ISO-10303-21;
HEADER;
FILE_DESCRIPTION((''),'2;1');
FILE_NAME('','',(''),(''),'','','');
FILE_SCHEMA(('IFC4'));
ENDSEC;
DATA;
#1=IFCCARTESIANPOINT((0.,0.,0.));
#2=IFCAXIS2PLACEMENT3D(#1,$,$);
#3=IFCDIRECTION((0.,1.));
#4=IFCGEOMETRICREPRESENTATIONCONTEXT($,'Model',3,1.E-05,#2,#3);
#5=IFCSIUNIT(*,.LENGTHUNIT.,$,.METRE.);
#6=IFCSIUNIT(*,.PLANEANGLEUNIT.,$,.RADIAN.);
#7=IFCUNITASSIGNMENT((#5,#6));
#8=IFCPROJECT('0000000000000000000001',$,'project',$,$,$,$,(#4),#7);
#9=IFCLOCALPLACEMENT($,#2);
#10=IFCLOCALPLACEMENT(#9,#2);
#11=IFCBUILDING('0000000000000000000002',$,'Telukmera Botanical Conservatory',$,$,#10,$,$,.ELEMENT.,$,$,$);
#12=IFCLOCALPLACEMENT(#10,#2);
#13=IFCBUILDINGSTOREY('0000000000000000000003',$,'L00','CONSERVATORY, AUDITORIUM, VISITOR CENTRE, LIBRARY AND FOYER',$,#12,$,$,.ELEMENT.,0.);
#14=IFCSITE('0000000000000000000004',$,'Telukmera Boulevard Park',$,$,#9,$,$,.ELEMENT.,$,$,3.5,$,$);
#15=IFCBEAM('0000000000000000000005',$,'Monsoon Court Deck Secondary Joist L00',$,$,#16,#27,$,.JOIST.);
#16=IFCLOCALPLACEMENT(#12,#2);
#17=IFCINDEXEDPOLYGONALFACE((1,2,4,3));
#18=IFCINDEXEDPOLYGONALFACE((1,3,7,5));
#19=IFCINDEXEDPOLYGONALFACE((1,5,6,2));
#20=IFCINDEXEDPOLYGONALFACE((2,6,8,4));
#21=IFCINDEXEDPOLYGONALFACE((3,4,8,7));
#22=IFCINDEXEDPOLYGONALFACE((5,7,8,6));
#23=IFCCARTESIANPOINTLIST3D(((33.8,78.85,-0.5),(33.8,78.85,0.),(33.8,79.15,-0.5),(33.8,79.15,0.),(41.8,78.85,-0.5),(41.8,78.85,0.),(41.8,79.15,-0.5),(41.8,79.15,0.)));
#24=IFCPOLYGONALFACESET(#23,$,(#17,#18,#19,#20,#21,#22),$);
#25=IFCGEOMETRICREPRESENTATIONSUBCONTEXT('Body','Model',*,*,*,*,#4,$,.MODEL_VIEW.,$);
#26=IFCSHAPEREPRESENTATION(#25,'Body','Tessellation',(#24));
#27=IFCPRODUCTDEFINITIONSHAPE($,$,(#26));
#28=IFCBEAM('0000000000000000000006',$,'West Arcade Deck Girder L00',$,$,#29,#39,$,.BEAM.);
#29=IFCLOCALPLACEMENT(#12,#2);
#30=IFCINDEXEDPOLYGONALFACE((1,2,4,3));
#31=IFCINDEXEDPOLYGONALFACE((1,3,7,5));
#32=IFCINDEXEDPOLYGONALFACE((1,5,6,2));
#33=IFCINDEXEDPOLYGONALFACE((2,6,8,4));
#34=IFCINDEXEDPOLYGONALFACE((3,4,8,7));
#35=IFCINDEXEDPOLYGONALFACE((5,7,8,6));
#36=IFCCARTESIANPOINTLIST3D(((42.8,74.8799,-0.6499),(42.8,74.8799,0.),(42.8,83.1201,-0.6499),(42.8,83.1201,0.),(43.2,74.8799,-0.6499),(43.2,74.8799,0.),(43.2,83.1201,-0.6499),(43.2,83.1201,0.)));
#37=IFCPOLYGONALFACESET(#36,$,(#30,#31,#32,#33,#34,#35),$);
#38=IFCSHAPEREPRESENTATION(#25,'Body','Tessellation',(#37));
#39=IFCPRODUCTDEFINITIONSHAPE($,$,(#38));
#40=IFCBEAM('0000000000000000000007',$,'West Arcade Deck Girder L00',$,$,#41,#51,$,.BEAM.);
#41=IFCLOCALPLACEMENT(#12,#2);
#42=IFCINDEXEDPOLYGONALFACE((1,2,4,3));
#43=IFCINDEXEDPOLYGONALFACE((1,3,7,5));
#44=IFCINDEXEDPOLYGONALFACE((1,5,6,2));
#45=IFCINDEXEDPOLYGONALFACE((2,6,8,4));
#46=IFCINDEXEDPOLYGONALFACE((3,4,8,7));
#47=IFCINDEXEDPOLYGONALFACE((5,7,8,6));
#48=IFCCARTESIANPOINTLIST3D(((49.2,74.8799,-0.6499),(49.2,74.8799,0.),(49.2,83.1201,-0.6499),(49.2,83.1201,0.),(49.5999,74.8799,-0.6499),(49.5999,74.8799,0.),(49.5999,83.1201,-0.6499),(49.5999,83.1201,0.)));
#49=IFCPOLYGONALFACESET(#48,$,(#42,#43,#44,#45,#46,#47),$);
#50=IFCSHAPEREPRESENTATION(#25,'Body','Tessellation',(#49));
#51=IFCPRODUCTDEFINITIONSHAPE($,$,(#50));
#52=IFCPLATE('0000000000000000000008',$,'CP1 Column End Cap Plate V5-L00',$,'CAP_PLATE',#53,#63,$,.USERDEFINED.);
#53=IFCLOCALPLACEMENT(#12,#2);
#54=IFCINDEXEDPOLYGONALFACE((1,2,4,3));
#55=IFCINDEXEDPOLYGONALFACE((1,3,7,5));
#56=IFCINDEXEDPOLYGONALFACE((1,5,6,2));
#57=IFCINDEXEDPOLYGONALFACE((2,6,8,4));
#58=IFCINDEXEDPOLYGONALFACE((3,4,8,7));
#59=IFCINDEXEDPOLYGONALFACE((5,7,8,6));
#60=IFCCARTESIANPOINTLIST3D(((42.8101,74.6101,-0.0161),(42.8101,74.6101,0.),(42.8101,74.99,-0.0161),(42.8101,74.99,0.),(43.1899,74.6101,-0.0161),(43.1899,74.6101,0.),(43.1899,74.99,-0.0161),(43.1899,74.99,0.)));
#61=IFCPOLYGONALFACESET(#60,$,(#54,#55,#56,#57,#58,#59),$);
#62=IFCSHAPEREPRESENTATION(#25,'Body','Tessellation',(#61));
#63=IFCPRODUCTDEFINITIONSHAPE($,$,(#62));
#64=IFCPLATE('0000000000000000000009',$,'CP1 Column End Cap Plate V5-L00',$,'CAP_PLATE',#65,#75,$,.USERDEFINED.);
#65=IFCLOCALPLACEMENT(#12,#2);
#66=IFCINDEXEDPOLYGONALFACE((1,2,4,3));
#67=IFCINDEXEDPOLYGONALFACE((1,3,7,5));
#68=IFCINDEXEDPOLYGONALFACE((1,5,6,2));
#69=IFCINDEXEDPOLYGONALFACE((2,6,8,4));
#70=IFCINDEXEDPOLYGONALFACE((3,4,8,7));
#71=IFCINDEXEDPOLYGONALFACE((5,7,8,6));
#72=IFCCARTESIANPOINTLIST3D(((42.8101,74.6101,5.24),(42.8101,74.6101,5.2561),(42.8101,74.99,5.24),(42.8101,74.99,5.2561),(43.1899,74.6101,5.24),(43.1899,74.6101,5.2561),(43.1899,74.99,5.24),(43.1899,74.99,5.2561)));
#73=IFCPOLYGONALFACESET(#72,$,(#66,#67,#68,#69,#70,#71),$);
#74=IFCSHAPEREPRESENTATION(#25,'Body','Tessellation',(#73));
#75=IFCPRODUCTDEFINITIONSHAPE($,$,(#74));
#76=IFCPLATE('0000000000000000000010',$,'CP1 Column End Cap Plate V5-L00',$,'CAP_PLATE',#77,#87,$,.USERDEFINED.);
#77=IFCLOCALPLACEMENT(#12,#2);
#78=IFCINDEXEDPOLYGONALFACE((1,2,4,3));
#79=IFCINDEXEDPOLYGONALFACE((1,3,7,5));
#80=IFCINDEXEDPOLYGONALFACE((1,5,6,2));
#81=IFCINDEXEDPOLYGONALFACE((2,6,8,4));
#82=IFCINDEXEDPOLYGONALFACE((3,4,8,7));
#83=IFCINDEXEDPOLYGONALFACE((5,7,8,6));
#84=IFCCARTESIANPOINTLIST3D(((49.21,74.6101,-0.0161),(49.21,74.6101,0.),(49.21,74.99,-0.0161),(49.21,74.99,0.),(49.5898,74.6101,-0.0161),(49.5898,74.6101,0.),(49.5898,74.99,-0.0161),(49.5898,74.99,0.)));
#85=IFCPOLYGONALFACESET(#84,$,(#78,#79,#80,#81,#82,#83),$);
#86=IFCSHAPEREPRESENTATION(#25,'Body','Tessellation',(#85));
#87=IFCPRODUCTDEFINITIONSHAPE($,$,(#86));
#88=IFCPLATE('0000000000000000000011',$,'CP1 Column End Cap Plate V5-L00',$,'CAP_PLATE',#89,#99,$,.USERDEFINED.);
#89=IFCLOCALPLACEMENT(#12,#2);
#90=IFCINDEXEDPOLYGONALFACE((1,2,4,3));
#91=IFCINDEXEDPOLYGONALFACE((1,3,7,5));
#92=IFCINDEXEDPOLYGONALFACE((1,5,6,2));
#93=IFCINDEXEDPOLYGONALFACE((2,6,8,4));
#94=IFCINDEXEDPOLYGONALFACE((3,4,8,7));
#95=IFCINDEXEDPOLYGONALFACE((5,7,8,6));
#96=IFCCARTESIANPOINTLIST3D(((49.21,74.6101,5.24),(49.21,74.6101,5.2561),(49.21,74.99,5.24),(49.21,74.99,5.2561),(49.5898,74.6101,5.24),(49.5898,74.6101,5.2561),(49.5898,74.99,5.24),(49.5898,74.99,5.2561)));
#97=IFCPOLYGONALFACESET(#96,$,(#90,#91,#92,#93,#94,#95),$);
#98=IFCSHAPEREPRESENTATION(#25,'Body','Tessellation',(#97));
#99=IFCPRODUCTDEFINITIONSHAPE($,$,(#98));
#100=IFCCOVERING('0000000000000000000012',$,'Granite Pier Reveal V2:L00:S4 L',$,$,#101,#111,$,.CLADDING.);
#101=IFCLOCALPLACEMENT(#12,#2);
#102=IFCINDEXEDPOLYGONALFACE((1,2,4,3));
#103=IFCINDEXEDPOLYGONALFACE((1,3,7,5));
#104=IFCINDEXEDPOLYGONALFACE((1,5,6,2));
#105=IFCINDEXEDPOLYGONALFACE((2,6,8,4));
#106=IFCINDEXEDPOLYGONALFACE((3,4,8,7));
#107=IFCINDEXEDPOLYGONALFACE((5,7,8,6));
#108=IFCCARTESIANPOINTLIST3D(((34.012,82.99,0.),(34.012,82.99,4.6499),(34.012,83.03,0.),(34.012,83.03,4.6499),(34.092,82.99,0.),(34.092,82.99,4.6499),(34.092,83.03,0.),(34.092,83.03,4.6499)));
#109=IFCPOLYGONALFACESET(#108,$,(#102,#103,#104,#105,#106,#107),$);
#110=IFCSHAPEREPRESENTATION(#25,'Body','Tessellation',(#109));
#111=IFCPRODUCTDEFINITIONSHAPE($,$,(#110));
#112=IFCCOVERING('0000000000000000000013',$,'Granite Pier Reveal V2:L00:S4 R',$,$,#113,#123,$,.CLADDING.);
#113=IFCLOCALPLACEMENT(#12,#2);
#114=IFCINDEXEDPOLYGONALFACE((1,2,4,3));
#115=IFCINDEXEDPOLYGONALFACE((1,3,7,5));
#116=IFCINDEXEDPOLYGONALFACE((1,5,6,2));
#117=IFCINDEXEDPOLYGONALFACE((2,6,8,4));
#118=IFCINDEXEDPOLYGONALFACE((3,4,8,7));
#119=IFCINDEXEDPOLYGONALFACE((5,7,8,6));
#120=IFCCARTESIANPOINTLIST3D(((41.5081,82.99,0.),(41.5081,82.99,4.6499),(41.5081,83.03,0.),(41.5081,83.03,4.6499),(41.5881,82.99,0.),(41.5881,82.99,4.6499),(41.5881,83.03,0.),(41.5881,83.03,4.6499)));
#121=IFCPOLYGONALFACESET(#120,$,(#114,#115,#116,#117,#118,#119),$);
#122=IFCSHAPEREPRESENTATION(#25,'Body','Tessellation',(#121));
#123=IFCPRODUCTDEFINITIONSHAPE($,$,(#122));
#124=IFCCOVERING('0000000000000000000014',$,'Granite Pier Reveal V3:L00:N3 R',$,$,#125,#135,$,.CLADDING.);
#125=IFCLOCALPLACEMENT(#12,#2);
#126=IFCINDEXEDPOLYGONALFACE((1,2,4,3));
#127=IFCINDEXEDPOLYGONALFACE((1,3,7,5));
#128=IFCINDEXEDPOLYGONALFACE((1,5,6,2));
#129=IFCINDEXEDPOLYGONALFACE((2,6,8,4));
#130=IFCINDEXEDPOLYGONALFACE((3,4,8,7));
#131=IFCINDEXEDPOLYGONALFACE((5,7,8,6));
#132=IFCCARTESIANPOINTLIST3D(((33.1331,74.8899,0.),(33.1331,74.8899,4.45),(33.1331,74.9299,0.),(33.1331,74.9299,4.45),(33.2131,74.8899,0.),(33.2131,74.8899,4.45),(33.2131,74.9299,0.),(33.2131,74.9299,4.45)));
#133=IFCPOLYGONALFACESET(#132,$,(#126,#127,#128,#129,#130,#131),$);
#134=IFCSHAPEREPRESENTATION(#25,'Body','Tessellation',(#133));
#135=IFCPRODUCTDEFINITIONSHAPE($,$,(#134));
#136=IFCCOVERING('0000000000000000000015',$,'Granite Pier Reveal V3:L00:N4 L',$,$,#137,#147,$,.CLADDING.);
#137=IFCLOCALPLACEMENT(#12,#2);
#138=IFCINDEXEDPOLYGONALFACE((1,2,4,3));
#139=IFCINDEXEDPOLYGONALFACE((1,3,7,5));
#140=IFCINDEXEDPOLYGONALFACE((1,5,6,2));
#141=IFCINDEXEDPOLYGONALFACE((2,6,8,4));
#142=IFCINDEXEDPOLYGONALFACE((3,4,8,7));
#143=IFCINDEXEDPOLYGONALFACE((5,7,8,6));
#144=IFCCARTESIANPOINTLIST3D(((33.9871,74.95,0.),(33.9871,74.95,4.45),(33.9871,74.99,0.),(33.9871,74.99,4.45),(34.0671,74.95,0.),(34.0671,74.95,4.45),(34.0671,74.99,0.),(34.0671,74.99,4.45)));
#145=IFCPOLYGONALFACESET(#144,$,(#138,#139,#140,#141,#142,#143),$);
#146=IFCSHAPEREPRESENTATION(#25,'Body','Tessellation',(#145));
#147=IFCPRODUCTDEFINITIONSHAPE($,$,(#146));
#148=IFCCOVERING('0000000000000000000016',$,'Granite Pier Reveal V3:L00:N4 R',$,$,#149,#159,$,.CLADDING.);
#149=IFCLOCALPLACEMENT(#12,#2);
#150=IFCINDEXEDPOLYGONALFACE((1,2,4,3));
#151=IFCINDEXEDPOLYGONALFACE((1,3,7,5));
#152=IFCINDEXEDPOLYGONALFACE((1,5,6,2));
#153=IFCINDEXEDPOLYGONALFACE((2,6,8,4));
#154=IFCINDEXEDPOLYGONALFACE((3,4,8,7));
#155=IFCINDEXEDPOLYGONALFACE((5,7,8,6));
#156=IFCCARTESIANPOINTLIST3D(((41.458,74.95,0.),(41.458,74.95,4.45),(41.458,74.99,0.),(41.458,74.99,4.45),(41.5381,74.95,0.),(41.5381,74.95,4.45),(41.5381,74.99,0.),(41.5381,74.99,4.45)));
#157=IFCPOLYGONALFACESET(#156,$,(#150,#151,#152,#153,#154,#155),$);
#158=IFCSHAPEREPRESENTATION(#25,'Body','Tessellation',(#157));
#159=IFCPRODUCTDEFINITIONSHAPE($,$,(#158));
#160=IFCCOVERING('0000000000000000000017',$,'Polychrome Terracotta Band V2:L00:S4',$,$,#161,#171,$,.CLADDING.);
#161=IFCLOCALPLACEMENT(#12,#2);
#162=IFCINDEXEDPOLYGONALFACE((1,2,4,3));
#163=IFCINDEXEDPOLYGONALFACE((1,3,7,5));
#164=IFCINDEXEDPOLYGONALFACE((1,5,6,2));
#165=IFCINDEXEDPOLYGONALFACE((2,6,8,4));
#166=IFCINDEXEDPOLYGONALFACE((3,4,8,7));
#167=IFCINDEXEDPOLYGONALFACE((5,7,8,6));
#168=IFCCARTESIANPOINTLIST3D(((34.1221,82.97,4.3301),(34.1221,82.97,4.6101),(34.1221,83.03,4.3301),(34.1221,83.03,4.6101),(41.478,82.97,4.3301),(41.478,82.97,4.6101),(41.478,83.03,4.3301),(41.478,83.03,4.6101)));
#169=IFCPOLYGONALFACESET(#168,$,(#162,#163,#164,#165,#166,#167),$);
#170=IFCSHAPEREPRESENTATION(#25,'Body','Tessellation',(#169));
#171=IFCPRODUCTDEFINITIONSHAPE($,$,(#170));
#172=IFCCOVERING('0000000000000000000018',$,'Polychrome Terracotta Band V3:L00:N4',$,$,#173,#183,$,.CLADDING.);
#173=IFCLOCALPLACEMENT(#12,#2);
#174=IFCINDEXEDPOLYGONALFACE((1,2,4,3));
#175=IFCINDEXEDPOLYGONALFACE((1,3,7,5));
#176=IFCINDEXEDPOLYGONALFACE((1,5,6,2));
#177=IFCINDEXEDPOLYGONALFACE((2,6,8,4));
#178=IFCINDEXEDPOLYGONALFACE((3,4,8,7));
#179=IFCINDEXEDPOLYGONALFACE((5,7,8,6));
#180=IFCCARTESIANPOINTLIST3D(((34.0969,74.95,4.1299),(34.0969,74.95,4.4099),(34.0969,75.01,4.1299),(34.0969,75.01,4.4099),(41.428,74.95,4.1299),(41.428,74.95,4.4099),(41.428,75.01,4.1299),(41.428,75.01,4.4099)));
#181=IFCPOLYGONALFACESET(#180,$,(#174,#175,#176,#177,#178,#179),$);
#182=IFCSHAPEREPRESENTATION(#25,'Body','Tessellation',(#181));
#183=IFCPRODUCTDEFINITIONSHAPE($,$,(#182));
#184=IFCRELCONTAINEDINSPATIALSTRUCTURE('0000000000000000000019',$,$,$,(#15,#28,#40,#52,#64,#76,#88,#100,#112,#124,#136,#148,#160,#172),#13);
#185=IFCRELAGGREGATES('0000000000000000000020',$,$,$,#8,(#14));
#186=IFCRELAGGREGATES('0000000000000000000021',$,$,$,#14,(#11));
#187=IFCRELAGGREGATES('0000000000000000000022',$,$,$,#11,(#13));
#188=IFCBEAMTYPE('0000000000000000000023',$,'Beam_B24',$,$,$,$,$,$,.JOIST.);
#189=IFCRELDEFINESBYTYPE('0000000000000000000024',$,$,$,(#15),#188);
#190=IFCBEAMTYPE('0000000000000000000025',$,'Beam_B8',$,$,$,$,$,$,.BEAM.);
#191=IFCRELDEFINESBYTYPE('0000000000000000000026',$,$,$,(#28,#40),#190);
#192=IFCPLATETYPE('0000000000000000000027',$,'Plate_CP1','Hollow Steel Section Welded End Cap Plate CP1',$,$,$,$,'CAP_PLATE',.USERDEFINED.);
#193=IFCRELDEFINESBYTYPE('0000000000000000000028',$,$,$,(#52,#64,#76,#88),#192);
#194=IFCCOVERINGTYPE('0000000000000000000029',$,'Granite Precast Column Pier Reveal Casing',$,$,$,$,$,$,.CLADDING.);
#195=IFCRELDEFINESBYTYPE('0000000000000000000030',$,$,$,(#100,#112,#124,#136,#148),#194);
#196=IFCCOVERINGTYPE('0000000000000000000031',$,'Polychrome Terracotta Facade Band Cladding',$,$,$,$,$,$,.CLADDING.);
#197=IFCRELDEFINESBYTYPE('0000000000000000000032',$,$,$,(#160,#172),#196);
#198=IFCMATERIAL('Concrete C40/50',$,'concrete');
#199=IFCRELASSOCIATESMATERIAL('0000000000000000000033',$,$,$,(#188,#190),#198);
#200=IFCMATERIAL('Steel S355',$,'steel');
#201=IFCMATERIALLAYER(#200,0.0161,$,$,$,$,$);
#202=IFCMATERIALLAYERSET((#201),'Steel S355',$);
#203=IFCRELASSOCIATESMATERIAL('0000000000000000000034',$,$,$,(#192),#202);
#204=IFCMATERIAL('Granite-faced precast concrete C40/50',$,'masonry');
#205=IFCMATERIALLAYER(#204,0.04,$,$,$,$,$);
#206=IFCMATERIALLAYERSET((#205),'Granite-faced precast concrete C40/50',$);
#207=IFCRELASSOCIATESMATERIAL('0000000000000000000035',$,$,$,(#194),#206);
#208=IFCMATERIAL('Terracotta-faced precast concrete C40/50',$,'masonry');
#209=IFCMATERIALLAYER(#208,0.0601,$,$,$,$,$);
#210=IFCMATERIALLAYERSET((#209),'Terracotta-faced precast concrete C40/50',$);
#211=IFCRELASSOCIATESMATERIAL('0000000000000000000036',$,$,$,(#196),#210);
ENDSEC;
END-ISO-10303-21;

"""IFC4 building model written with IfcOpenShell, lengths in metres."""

from ifc_helpers import new_model, si_unit, direction, frame, origin, origin_2d, place, context, subcontext, project, spatial, rectangle, extrude, material, layer, layer_set, material_profile, profile_set, type_object, element, save


model = new_model("IFC4")

# Units and contexts
model_context = context("Model", 3, precision=1e-05, world=origin(), true_north=direction((0.0, 1.0)))
body_context = subcontext(model_context, "Body", "Model", "MODEL_VIEW")
ifc_project = project(units=[si_unit("LENGTHUNIT", "METRE"), si_unit("PLANEANGLEUNIT", "RADIAN")], contexts=[model_context])

# Site, building, storey
site_placement = place(None, origin())
site = spatial("IfcSite", under=ifc_project, at=site_placement, Name="Telukmera Boulevard Park", CompositionType="ELEMENT", RefElevation=3.5)
building_placement = place(site_placement, origin())
building = spatial("IfcBuilding", under=site, at=building_placement, Name="Telukmera Botanical Conservatory", CompositionType="ELEMENT")
storey_placement = place(building_placement, origin())
storey = spatial("IfcBuildingStorey", under=building, at=storey_placement, Name="L00", Description="CONSERVATORY, AUDITORIUM, VISITOR CENTRE, LIBRARY AND FOYER", CompositionType="ELEMENT", Elevation=0.0)

# Shared definitions
ifc_material_1 = material(Name="Concrete C40/50", Category="concrete")
ifc_material_2 = material(Name="Steel S355", Category="steel")

# Beams
ifc_material_profile_1 = material_profile(ifc_material_1, rectangle(XDim=0.3, YDim=0.5, at=origin_2d()), Name="RC 300x500")
ifc_profile_set_1 = profile_set([ifc_material_profile_1], Name="Concrete C40/50")
beam_type_1 = type_object("IfcBeamType", Name="Beam_B24", PredefinedType="JOIST", material=ifc_profile_set_1)
beam_1_placement = place(storey_placement, frame((33.8, 79.0, -0.25), z_axis=(1.0, 0.0, 0.0), x_axis=(0.0, 1.0, 0.0)))
element("IfcBeam", 1, at=beam_1_placement, inside=storey, type_object=beam_type_1, Name="Monsoon Court Deck Secondary Joist L00", PredefinedType="JOIST", context=body_context, shape_type="SweptSolid", body=[
    extrude(rectangle(XDim=0.3, YDim=0.5, at=origin_2d()), origin(), (0.0, 0.0, 1.0), 8.0),
])
ifc_material_profile_2 = material_profile(ifc_material_1, rectangle(XDim=0.3999, YDim=0.6499, at=origin_2d()), Name="RC 400x650")
ifc_profile_set_2 = profile_set([ifc_material_profile_2], Name="Concrete C40/50")
beam_type_2 = type_object("IfcBeamType", Name="Beam_B8", PredefinedType="BEAM", material=ifc_profile_set_2)
for number, where, z_axis, x_axis, name in (
    (2, (43.0, 74.8799, -0.325), (0.0, 1.0, 0.0), (-1.0, 0.0, 0.0), "West Arcade Deck Girder L00"),
    (3, (49.3999, 74.8799, -0.325), (0.0, 1.0, 0.0), (-1.0, 0.0, 0.0), "West Arcade Deck Girder L00"),
):
    element("IfcBeam", number, at=place(storey_placement, frame(where, z_axis=z_axis, x_axis=x_axis)), inside=storey, type_object=beam_type_2, Name=name, PredefinedType="BEAM", context=body_context, shape_type="SweptSolid", body=[
        extrude(rectangle(XDim=0.3999, YDim=0.6499, at=origin_2d()), origin(), (0.0, 0.0, 1.0), 8.2402),
    ])

# Plates
ifc_layer_1 = layer(ifc_material_2, 0.0161)
ifc_layer_set_1 = layer_set([ifc_layer_1], Name="Steel S355")
plate_type = type_object("IfcPlateType", Name="Plate_CP1", Description="Hollow Steel Section Welded End Cap Plate CP1", ElementType="CAP_PLATE", PredefinedType="USERDEFINED", material=ifc_layer_set_1)
for number, where, z_axis, x_axis, name in (
    (4, (43.0, 74.8, -0.0161), (0.0, 0.0, 1.0), (1.0, 0.0, 0.0), "CP1 Column End Cap Plate V5-L00"),
    (5, (43.0, 74.8, 5.24), (0.0, 0.0, 1.0), (1.0, 0.0, 0.0), "CP1 Column End Cap Plate V5-L00"),
    (6, (49.3999, 74.8, -0.0161), (0.0, 0.0, 1.0), (1.0, 0.0, 0.0), "CP1 Column End Cap Plate V5-L00"),
    (7, (49.3999, 74.8, 5.24), (0.0, 0.0, 1.0), (1.0, 0.0, 0.0), "CP1 Column End Cap Plate V5-L00"),
):
    element("IfcPlate", number, at=place(storey_placement, frame(where, z_axis=z_axis, x_axis=x_axis)), inside=storey, type_object=plate_type, Name=name, ObjectType="CAP_PLATE", PredefinedType="USERDEFINED", context=body_context, shape_type="SweptSolid", body=[
        extrude(rectangle(XDim=0.3799, YDim=0.3799, at=origin_2d()), origin(), (0.0, 0.0, 1.0), 0.0161),
    ])

# Coverings
ifc_material_3 = material(Name="Granite-faced precast concrete C40/50", Category="masonry")
ifc_layer_2 = layer(ifc_material_3, 0.04)
ifc_layer_set_2 = layer_set([ifc_layer_2], Name="Granite-faced precast concrete C40/50")
covering_type_1 = type_object("IfcCoveringType", Name="Granite Precast Column Pier Reveal Casing", PredefinedType="CLADDING", material=ifc_layer_set_2)
for number, where, z_axis, x_axis, name in (
    (8, (34.052, 83.01, 0.0), (0.0, 0.0, 1.0), (1.0, 0.0, 0.0), "Granite Pier Reveal V2:L00:S4 L"),
    (9, (41.5481, 83.01, 0.0), (0.0, 0.0, 1.0), (1.0, 0.0, 0.0), "Granite Pier Reveal V2:L00:S4 R"),
):
    element("IfcCovering", number, at=place(storey_placement, frame(where, z_axis=z_axis, x_axis=x_axis)), inside=storey, type_object=covering_type_1, Name=name, PredefinedType="CLADDING", context=body_context, shape_type="SweptSolid", body=[
        extrude(rectangle(XDim=0.0801, YDim=0.04, at=origin_2d()), origin(), (0.0, 0.0, 1.0), 4.6499),
    ])
for number, where, z_axis, x_axis, name in (
    (10, (33.1731, 74.9099, 0.0), (0.0, 0.0, 1.0), (1.0, 0.0, 0.0), "Granite Pier Reveal V3:L00:N3 R"),
    (11, (34.0271, 74.97, 0.0), (0.0, 0.0, 1.0), (1.0, 0.0, 0.0), "Granite Pier Reveal V3:L00:N4 L"),
    (12, (41.498, 74.97, 0.0), (0.0, 0.0, 1.0), (1.0, 0.0, 0.0), "Granite Pier Reveal V3:L00:N4 R"),
):
    element("IfcCovering", number, at=place(storey_placement, frame(where, z_axis=z_axis, x_axis=x_axis)), inside=storey, type_object=covering_type_1, Name=name, PredefinedType="CLADDING", context=body_context, shape_type="SweptSolid", body=[
        extrude(rectangle(XDim=0.0801, YDim=0.04, at=origin_2d()), origin(), (0.0, 0.0, 1.0), 4.45),
    ])
ifc_material_4 = material(Name="Terracotta-faced precast concrete C40/50", Category="masonry")
ifc_layer_3 = layer(ifc_material_4, 0.0601)
ifc_layer_set_3 = layer_set([ifc_layer_3], Name="Terracotta-faced precast concrete C40/50")
covering_type_2 = type_object("IfcCoveringType", Name="Polychrome Terracotta Facade Band Cladding", PredefinedType="CLADDING", material=ifc_layer_set_3)
covering_1_placement = place(storey_placement, frame((37.8, 83.0, 4.3301), z_axis=(0.0, 0.0, 1.0), x_axis=(1.0, 0.0, 0.0)))
element("IfcCovering", 13, at=covering_1_placement, inside=storey, type_object=covering_type_2, Name="Polychrome Terracotta Band V2:L00:S4", PredefinedType="CLADDING", context=body_context, shape_type="SweptSolid", body=[
    extrude(rectangle(XDim=7.356, YDim=0.0601, at=origin_2d()), origin(), (0.0, 0.0, 1.0), 0.28),
])
covering_2_placement = place(storey_placement, frame((37.7625, 74.98, 4.1299), z_axis=(0.0, 0.0, 1.0), x_axis=(1.0, 0.0, 0.0)))
element("IfcCovering", 14, at=covering_2_placement, inside=storey, type_object=covering_type_2, Name="Polychrome Terracotta Band V3:L00:N4", PredefinedType="CLADDING", context=body_context, shape_type="SweptSolid", body=[
    extrude(rectangle(XDim=7.3311, YDim=0.0601, at=origin_2d()), origin(), (0.0, 0.0, 1.0), 0.28),
])

save(model, "model.ifc")
